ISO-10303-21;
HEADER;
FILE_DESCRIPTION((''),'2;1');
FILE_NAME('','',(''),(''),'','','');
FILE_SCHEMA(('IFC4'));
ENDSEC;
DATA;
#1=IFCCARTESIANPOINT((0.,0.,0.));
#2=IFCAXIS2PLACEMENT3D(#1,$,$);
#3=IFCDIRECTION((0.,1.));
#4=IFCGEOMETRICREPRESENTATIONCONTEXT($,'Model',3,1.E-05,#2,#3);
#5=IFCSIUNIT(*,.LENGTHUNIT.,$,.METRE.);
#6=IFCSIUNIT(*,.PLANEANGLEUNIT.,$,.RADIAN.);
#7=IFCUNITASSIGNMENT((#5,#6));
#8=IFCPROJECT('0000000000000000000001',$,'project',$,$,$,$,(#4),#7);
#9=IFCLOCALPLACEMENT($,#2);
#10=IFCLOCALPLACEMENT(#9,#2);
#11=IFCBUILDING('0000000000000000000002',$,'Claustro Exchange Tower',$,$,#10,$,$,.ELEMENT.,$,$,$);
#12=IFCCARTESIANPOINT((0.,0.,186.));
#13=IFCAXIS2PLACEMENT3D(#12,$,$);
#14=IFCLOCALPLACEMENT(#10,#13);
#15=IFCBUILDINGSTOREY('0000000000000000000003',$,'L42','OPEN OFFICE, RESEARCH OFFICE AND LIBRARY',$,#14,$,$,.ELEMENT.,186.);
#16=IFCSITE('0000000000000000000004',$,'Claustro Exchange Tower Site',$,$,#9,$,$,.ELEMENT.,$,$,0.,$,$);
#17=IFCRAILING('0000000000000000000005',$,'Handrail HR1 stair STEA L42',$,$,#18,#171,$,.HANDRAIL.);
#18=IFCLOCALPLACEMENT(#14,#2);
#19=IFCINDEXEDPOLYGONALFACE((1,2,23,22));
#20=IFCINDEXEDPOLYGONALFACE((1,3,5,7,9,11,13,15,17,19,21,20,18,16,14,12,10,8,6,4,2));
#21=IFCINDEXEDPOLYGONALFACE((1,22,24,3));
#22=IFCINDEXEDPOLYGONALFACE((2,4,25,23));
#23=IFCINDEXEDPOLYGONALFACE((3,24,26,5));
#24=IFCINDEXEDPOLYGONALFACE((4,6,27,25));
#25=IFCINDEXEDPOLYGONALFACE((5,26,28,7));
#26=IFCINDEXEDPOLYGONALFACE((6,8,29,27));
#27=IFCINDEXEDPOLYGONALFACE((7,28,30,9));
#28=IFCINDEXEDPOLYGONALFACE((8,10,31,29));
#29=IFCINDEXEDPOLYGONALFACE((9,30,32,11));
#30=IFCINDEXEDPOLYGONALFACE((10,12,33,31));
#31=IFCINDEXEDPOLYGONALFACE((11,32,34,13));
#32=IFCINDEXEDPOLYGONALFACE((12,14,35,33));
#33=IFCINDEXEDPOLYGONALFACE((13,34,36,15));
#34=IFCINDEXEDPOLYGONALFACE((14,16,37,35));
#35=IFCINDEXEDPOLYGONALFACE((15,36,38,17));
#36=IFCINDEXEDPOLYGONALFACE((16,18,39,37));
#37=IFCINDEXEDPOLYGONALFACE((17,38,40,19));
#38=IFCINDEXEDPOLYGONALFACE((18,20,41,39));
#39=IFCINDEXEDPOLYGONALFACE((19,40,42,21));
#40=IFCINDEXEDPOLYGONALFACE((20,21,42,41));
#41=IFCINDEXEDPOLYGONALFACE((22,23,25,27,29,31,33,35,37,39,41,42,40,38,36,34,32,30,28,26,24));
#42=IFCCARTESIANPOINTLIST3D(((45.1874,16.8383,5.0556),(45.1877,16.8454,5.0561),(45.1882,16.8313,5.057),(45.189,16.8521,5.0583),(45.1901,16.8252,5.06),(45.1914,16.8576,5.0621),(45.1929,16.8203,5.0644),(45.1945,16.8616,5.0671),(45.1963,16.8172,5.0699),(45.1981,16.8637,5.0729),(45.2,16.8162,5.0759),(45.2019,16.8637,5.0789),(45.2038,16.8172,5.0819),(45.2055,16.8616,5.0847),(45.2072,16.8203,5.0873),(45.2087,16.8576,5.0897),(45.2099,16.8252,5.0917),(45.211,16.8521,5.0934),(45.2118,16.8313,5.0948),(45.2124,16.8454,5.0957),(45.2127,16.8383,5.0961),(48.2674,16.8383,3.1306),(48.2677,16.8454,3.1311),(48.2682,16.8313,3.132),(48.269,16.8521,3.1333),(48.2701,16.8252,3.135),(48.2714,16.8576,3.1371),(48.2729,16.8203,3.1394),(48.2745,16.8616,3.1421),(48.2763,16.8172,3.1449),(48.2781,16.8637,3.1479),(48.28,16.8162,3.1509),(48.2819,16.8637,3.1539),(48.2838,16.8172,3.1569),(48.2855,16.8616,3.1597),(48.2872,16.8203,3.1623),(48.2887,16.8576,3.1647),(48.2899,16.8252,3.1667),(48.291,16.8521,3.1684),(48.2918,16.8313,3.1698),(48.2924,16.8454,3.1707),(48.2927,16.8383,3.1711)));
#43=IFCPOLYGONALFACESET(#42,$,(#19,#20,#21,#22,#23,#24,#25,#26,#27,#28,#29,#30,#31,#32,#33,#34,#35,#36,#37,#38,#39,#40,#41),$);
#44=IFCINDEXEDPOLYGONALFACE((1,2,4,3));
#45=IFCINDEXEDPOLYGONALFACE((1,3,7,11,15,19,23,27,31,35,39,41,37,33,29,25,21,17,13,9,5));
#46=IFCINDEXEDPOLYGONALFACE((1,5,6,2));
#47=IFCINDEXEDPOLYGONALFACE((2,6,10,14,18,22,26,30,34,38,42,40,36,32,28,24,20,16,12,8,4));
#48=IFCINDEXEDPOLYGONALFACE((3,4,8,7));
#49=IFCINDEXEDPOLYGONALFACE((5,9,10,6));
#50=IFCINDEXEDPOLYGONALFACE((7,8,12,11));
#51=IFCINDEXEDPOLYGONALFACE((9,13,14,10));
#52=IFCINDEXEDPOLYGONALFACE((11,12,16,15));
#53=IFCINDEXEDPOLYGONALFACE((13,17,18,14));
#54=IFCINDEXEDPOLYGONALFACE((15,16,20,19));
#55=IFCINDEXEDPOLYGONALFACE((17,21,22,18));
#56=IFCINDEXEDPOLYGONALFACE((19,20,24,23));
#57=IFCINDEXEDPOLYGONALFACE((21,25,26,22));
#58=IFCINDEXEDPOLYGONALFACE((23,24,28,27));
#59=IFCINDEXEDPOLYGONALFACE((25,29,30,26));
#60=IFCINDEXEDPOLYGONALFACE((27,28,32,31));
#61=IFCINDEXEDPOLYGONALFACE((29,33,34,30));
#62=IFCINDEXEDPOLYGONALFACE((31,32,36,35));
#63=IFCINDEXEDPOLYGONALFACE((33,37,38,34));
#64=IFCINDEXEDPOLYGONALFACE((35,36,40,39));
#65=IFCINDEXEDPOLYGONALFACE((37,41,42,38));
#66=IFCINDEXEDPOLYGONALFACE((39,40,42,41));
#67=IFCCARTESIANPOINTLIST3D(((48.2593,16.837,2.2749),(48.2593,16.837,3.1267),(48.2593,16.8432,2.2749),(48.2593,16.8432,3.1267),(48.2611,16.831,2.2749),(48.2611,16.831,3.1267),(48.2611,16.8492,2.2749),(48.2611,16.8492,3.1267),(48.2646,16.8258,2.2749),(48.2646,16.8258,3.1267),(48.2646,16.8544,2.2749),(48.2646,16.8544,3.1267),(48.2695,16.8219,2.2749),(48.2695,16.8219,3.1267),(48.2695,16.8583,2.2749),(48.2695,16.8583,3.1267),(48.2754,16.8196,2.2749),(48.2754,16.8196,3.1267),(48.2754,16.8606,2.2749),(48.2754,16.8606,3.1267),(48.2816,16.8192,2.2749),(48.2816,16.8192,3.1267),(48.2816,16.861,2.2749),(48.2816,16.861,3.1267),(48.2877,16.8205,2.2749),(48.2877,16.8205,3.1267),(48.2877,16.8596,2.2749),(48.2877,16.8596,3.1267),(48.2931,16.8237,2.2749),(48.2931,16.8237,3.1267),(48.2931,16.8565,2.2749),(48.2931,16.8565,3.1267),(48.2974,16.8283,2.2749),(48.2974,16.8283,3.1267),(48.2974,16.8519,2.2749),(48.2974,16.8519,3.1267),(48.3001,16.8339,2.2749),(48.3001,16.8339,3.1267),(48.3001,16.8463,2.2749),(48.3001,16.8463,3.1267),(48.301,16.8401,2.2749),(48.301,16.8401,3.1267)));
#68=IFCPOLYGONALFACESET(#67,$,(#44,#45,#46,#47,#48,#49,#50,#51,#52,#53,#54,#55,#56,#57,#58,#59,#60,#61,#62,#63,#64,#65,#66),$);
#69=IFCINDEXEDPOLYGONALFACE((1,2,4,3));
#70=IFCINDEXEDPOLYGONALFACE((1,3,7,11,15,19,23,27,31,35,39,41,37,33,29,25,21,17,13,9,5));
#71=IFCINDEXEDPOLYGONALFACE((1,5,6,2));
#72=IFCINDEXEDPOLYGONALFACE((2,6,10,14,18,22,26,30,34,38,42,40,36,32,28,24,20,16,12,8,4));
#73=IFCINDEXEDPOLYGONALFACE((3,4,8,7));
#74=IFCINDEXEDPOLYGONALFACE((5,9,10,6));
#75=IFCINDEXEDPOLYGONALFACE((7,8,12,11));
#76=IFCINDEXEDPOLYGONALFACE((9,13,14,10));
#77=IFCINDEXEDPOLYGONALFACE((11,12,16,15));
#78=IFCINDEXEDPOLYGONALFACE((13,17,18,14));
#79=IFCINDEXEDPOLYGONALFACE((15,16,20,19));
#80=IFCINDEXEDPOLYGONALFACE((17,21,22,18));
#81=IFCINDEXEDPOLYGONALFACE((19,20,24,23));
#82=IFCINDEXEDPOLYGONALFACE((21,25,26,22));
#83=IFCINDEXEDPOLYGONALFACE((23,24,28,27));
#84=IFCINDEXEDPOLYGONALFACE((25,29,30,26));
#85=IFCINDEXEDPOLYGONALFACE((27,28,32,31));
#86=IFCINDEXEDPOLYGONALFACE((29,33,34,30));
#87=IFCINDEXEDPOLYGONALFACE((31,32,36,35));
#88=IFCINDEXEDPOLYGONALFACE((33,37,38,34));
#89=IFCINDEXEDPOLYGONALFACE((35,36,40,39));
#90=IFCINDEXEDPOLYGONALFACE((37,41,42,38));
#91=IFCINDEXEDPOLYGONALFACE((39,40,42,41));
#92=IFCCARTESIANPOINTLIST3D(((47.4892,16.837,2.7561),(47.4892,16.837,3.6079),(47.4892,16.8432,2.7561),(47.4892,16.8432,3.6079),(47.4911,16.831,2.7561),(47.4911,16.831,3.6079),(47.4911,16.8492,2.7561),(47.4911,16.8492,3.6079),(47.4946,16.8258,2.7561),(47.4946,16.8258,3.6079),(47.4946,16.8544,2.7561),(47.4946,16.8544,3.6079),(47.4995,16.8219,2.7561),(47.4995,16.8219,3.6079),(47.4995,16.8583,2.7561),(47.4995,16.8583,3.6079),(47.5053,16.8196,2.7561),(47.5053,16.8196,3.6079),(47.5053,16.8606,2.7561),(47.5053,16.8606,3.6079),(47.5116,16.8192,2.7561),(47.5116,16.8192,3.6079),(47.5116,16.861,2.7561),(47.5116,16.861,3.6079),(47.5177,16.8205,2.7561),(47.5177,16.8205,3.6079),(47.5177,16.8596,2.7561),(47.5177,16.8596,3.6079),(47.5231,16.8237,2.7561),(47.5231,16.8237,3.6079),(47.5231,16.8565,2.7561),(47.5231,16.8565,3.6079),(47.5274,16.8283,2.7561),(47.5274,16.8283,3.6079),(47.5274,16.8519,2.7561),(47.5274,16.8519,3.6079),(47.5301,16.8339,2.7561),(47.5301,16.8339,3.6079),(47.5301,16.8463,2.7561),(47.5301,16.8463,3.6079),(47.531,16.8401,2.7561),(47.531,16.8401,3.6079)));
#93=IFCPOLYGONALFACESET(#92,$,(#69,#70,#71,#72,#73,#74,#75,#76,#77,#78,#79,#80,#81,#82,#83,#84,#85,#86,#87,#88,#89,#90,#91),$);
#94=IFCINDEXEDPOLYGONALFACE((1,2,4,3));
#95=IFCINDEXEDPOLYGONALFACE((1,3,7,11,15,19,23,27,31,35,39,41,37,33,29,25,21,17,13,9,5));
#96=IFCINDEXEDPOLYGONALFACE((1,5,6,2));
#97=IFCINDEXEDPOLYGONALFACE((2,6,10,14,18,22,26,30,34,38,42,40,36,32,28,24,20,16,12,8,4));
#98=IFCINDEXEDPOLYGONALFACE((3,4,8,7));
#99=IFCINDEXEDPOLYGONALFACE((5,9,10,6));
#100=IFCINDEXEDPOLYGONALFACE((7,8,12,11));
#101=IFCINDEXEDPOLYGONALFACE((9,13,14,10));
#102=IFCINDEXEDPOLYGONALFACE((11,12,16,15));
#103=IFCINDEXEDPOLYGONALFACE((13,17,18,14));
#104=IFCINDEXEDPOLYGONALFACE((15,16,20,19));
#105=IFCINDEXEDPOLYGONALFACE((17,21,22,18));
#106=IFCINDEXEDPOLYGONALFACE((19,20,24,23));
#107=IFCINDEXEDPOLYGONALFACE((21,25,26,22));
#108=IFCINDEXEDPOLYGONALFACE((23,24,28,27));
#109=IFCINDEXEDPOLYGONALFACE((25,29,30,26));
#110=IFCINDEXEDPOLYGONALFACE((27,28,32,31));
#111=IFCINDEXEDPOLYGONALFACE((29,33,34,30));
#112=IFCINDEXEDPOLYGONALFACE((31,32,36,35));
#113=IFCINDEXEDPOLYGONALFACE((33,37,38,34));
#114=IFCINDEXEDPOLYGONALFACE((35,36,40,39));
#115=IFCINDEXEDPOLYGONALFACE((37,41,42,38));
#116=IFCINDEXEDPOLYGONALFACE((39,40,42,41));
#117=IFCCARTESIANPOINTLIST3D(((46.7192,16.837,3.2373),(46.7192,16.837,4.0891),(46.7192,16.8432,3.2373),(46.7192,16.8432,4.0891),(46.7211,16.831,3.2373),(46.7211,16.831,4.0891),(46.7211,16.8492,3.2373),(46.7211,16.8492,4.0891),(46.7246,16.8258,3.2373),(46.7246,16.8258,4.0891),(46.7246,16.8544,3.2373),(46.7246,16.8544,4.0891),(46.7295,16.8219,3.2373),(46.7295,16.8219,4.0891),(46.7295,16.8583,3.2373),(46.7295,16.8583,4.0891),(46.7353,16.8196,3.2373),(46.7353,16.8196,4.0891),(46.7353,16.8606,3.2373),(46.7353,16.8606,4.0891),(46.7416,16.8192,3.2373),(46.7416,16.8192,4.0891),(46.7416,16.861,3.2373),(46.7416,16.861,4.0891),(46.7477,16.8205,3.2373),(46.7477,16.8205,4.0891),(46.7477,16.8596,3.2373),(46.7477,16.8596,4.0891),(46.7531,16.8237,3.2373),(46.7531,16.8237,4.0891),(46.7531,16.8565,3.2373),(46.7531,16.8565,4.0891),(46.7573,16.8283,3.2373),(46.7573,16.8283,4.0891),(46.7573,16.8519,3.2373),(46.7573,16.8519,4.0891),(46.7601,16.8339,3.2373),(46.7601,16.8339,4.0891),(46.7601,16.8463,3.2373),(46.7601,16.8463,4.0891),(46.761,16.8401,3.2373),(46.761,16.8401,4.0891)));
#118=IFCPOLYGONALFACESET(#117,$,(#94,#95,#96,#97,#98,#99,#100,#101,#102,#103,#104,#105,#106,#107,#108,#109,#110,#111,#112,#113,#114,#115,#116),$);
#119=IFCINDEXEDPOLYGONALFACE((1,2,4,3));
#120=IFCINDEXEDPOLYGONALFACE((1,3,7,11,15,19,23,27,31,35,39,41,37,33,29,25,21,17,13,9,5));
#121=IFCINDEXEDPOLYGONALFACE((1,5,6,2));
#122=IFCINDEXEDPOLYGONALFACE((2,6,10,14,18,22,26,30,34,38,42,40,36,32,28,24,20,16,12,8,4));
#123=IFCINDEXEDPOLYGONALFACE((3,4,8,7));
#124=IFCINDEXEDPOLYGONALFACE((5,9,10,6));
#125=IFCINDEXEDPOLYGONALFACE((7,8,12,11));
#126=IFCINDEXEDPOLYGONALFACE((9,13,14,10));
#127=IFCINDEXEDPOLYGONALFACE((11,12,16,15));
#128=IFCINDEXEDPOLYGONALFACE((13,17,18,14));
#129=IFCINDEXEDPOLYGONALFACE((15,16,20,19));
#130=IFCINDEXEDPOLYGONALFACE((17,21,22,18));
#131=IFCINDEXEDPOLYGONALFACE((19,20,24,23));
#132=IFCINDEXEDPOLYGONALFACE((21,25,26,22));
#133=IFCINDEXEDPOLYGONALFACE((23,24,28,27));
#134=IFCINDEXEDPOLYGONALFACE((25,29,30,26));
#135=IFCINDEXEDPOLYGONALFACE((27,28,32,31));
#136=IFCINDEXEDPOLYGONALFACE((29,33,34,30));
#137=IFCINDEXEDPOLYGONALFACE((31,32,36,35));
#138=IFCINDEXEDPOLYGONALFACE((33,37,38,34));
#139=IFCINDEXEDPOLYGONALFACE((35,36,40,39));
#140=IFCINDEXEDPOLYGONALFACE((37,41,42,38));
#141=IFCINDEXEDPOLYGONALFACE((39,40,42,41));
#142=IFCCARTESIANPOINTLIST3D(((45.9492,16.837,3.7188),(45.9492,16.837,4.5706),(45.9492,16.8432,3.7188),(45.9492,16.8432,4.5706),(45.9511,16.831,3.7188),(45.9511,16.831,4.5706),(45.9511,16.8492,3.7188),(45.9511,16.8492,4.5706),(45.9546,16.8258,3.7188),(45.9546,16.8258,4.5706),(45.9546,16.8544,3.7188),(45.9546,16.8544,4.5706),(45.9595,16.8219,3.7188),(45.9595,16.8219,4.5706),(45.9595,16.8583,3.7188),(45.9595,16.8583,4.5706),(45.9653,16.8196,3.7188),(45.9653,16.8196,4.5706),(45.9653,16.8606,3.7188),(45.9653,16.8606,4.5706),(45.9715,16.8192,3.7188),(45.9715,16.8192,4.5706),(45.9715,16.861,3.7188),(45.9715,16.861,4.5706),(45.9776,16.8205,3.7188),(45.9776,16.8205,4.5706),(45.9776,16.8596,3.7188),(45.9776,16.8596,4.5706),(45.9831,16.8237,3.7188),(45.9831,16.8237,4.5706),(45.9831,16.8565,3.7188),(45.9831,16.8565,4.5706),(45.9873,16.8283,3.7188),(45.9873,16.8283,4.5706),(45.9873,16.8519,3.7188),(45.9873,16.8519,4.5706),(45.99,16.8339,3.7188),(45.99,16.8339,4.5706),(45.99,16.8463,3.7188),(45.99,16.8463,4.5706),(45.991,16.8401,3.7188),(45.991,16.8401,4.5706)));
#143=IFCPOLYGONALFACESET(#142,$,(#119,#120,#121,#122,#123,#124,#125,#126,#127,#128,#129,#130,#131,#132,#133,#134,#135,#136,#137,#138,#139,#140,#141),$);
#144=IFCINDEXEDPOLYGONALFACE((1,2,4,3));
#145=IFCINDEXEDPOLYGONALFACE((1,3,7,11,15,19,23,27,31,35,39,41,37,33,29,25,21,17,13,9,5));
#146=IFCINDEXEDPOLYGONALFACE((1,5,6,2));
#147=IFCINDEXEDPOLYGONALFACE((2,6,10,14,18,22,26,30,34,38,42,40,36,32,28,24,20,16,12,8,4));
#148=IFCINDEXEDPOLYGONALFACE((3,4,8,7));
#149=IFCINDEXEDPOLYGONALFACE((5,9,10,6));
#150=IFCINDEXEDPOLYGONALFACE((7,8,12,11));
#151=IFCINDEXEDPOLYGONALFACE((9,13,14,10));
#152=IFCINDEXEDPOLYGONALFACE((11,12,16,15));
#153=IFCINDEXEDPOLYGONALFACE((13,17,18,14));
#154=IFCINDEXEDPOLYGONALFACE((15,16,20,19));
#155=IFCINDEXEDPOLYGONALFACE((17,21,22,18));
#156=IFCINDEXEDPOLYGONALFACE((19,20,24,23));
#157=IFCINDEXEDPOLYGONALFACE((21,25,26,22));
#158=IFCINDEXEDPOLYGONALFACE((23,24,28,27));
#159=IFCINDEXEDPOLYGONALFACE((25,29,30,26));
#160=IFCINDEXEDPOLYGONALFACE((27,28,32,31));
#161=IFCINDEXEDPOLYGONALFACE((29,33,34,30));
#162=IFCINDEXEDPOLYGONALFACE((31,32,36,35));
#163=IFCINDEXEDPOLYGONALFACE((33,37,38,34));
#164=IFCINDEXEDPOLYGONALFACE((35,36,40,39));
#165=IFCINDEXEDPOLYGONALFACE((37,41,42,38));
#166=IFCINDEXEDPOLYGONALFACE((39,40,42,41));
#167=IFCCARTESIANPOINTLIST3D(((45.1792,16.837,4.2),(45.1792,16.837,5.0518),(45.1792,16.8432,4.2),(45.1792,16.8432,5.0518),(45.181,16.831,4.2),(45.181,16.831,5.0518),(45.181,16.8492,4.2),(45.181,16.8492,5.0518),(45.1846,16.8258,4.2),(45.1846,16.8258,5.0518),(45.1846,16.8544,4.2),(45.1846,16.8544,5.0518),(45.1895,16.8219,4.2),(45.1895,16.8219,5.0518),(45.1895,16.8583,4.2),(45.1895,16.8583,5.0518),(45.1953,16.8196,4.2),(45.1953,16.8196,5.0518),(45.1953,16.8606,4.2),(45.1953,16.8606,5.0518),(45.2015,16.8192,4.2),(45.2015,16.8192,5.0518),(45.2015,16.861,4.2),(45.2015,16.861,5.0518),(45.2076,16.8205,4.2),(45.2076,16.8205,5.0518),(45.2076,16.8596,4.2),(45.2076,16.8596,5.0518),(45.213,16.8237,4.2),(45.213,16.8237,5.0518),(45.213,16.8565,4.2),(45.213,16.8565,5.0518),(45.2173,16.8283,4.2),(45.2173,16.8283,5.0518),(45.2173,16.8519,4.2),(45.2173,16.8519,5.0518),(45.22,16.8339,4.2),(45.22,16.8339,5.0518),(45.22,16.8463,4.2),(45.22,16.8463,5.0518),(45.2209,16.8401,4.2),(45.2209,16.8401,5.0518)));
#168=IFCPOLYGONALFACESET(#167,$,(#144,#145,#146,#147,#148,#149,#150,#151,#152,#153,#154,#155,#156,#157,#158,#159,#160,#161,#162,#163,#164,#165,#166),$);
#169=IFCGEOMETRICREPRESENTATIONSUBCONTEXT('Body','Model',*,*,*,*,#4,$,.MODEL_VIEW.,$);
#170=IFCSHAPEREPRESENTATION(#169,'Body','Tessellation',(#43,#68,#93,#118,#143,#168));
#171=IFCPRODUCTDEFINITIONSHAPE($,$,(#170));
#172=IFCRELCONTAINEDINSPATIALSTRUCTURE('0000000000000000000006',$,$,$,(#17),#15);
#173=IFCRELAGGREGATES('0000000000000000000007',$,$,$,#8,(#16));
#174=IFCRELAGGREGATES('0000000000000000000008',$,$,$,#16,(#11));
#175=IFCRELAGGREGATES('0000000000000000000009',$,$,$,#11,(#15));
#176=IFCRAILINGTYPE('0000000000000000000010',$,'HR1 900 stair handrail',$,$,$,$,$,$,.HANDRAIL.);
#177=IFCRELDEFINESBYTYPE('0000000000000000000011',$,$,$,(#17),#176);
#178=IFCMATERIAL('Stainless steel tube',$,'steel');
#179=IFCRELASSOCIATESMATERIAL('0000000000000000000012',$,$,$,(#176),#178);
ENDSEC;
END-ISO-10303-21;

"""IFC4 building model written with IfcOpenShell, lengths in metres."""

from ifc_helpers import new_model, si_unit, direction, frame, origin, origin_2d, place, context, subcontext, project, spatial, circle, extrude, material, type_object, element, save


model = new_model("IFC4")

# Units and contexts
model_context = context("Model", 3, precision=1e-05, world=origin(), true_north=direction((0.0, 1.0)))
body_context = subcontext(model_context, "Body", "Model", "MODEL_VIEW")
ifc_project = project(units=[si_unit("LENGTHUNIT", "METRE"), si_unit("PLANEANGLEUNIT", "RADIAN")], contexts=[model_context])

# Site, building, storey
site_placement = place(None, origin())
site = spatial("IfcSite", under=ifc_project, at=site_placement, Name="Claustro Exchange Tower Site", CompositionType="ELEMENT", RefElevation=0.0)
building_placement = place(site_placement, origin())
building = spatial("IfcBuilding", under=site, at=building_placement, Name="Claustro Exchange Tower", CompositionType="ELEMENT")
storey_placement = place(building_placement, frame((0.0, 0.0, 186.0)))
storey = spatial("IfcBuildingStorey", under=building, at=storey_placement, Name="L42", Description="OPEN OFFICE, RESEARCH OFFICE AND LIBRARY", CompositionType="ELEMENT", Elevation=186.0)

# Railing
ifc_material_1 = material(Name="Stainless steel tube", Category="steel")
railing_type_1 = type_object("IfcRailingType", Name="HR1 900 stair handrail", PredefinedType="HANDRAIL", material=ifc_material_1)
railing_1_placement = place(storey_placement, frame((48.28, 16.8401, 2.2749)))
element("IfcRailing", 1, at=railing_1_placement, inside=storey, type_object=railing_type_1, Name="Handrail HR1 stair STEA L42", PredefinedType="HANDRAIL", context=body_context, shape_type="SweptSolid", body=[
    extrude(circle(Radius=0.0239, at=origin_2d()), frame((0.0, 0.0, 0.876), z_axis=(-0.847998, 0.0, 0.529999), x_axis=(0.0, -1.0, 0.0)), (0.0, 0.0, 1.0), 3.6321),
    extrude(circle(Radius=0.021, at=origin_2d()), origin(), (0.0, 0.0, 1.0), 0.8518),
    extrude(circle(Radius=0.021, at=origin_2d()), frame((-0.77, 0.0, 0.4812)), (0.0, 0.0, 1.0), 0.8518),
    extrude(circle(Radius=0.021, at=origin_2d()), frame((-1.54, 0.0, 0.9624)), (0.0, 0.0, 1.0), 0.8518),
    extrude(circle(Radius=0.021, at=origin_2d()), frame((-2.3101, 0.0, 1.4438)), (0.0, 0.0, 1.0), 0.8518),
    extrude(circle(Radius=0.021, at=origin_2d()), frame((-3.0801, 0.0, 1.925)), (0.0, 0.0, 1.0), 0.8518),
])

save(model, "model.ifc")
